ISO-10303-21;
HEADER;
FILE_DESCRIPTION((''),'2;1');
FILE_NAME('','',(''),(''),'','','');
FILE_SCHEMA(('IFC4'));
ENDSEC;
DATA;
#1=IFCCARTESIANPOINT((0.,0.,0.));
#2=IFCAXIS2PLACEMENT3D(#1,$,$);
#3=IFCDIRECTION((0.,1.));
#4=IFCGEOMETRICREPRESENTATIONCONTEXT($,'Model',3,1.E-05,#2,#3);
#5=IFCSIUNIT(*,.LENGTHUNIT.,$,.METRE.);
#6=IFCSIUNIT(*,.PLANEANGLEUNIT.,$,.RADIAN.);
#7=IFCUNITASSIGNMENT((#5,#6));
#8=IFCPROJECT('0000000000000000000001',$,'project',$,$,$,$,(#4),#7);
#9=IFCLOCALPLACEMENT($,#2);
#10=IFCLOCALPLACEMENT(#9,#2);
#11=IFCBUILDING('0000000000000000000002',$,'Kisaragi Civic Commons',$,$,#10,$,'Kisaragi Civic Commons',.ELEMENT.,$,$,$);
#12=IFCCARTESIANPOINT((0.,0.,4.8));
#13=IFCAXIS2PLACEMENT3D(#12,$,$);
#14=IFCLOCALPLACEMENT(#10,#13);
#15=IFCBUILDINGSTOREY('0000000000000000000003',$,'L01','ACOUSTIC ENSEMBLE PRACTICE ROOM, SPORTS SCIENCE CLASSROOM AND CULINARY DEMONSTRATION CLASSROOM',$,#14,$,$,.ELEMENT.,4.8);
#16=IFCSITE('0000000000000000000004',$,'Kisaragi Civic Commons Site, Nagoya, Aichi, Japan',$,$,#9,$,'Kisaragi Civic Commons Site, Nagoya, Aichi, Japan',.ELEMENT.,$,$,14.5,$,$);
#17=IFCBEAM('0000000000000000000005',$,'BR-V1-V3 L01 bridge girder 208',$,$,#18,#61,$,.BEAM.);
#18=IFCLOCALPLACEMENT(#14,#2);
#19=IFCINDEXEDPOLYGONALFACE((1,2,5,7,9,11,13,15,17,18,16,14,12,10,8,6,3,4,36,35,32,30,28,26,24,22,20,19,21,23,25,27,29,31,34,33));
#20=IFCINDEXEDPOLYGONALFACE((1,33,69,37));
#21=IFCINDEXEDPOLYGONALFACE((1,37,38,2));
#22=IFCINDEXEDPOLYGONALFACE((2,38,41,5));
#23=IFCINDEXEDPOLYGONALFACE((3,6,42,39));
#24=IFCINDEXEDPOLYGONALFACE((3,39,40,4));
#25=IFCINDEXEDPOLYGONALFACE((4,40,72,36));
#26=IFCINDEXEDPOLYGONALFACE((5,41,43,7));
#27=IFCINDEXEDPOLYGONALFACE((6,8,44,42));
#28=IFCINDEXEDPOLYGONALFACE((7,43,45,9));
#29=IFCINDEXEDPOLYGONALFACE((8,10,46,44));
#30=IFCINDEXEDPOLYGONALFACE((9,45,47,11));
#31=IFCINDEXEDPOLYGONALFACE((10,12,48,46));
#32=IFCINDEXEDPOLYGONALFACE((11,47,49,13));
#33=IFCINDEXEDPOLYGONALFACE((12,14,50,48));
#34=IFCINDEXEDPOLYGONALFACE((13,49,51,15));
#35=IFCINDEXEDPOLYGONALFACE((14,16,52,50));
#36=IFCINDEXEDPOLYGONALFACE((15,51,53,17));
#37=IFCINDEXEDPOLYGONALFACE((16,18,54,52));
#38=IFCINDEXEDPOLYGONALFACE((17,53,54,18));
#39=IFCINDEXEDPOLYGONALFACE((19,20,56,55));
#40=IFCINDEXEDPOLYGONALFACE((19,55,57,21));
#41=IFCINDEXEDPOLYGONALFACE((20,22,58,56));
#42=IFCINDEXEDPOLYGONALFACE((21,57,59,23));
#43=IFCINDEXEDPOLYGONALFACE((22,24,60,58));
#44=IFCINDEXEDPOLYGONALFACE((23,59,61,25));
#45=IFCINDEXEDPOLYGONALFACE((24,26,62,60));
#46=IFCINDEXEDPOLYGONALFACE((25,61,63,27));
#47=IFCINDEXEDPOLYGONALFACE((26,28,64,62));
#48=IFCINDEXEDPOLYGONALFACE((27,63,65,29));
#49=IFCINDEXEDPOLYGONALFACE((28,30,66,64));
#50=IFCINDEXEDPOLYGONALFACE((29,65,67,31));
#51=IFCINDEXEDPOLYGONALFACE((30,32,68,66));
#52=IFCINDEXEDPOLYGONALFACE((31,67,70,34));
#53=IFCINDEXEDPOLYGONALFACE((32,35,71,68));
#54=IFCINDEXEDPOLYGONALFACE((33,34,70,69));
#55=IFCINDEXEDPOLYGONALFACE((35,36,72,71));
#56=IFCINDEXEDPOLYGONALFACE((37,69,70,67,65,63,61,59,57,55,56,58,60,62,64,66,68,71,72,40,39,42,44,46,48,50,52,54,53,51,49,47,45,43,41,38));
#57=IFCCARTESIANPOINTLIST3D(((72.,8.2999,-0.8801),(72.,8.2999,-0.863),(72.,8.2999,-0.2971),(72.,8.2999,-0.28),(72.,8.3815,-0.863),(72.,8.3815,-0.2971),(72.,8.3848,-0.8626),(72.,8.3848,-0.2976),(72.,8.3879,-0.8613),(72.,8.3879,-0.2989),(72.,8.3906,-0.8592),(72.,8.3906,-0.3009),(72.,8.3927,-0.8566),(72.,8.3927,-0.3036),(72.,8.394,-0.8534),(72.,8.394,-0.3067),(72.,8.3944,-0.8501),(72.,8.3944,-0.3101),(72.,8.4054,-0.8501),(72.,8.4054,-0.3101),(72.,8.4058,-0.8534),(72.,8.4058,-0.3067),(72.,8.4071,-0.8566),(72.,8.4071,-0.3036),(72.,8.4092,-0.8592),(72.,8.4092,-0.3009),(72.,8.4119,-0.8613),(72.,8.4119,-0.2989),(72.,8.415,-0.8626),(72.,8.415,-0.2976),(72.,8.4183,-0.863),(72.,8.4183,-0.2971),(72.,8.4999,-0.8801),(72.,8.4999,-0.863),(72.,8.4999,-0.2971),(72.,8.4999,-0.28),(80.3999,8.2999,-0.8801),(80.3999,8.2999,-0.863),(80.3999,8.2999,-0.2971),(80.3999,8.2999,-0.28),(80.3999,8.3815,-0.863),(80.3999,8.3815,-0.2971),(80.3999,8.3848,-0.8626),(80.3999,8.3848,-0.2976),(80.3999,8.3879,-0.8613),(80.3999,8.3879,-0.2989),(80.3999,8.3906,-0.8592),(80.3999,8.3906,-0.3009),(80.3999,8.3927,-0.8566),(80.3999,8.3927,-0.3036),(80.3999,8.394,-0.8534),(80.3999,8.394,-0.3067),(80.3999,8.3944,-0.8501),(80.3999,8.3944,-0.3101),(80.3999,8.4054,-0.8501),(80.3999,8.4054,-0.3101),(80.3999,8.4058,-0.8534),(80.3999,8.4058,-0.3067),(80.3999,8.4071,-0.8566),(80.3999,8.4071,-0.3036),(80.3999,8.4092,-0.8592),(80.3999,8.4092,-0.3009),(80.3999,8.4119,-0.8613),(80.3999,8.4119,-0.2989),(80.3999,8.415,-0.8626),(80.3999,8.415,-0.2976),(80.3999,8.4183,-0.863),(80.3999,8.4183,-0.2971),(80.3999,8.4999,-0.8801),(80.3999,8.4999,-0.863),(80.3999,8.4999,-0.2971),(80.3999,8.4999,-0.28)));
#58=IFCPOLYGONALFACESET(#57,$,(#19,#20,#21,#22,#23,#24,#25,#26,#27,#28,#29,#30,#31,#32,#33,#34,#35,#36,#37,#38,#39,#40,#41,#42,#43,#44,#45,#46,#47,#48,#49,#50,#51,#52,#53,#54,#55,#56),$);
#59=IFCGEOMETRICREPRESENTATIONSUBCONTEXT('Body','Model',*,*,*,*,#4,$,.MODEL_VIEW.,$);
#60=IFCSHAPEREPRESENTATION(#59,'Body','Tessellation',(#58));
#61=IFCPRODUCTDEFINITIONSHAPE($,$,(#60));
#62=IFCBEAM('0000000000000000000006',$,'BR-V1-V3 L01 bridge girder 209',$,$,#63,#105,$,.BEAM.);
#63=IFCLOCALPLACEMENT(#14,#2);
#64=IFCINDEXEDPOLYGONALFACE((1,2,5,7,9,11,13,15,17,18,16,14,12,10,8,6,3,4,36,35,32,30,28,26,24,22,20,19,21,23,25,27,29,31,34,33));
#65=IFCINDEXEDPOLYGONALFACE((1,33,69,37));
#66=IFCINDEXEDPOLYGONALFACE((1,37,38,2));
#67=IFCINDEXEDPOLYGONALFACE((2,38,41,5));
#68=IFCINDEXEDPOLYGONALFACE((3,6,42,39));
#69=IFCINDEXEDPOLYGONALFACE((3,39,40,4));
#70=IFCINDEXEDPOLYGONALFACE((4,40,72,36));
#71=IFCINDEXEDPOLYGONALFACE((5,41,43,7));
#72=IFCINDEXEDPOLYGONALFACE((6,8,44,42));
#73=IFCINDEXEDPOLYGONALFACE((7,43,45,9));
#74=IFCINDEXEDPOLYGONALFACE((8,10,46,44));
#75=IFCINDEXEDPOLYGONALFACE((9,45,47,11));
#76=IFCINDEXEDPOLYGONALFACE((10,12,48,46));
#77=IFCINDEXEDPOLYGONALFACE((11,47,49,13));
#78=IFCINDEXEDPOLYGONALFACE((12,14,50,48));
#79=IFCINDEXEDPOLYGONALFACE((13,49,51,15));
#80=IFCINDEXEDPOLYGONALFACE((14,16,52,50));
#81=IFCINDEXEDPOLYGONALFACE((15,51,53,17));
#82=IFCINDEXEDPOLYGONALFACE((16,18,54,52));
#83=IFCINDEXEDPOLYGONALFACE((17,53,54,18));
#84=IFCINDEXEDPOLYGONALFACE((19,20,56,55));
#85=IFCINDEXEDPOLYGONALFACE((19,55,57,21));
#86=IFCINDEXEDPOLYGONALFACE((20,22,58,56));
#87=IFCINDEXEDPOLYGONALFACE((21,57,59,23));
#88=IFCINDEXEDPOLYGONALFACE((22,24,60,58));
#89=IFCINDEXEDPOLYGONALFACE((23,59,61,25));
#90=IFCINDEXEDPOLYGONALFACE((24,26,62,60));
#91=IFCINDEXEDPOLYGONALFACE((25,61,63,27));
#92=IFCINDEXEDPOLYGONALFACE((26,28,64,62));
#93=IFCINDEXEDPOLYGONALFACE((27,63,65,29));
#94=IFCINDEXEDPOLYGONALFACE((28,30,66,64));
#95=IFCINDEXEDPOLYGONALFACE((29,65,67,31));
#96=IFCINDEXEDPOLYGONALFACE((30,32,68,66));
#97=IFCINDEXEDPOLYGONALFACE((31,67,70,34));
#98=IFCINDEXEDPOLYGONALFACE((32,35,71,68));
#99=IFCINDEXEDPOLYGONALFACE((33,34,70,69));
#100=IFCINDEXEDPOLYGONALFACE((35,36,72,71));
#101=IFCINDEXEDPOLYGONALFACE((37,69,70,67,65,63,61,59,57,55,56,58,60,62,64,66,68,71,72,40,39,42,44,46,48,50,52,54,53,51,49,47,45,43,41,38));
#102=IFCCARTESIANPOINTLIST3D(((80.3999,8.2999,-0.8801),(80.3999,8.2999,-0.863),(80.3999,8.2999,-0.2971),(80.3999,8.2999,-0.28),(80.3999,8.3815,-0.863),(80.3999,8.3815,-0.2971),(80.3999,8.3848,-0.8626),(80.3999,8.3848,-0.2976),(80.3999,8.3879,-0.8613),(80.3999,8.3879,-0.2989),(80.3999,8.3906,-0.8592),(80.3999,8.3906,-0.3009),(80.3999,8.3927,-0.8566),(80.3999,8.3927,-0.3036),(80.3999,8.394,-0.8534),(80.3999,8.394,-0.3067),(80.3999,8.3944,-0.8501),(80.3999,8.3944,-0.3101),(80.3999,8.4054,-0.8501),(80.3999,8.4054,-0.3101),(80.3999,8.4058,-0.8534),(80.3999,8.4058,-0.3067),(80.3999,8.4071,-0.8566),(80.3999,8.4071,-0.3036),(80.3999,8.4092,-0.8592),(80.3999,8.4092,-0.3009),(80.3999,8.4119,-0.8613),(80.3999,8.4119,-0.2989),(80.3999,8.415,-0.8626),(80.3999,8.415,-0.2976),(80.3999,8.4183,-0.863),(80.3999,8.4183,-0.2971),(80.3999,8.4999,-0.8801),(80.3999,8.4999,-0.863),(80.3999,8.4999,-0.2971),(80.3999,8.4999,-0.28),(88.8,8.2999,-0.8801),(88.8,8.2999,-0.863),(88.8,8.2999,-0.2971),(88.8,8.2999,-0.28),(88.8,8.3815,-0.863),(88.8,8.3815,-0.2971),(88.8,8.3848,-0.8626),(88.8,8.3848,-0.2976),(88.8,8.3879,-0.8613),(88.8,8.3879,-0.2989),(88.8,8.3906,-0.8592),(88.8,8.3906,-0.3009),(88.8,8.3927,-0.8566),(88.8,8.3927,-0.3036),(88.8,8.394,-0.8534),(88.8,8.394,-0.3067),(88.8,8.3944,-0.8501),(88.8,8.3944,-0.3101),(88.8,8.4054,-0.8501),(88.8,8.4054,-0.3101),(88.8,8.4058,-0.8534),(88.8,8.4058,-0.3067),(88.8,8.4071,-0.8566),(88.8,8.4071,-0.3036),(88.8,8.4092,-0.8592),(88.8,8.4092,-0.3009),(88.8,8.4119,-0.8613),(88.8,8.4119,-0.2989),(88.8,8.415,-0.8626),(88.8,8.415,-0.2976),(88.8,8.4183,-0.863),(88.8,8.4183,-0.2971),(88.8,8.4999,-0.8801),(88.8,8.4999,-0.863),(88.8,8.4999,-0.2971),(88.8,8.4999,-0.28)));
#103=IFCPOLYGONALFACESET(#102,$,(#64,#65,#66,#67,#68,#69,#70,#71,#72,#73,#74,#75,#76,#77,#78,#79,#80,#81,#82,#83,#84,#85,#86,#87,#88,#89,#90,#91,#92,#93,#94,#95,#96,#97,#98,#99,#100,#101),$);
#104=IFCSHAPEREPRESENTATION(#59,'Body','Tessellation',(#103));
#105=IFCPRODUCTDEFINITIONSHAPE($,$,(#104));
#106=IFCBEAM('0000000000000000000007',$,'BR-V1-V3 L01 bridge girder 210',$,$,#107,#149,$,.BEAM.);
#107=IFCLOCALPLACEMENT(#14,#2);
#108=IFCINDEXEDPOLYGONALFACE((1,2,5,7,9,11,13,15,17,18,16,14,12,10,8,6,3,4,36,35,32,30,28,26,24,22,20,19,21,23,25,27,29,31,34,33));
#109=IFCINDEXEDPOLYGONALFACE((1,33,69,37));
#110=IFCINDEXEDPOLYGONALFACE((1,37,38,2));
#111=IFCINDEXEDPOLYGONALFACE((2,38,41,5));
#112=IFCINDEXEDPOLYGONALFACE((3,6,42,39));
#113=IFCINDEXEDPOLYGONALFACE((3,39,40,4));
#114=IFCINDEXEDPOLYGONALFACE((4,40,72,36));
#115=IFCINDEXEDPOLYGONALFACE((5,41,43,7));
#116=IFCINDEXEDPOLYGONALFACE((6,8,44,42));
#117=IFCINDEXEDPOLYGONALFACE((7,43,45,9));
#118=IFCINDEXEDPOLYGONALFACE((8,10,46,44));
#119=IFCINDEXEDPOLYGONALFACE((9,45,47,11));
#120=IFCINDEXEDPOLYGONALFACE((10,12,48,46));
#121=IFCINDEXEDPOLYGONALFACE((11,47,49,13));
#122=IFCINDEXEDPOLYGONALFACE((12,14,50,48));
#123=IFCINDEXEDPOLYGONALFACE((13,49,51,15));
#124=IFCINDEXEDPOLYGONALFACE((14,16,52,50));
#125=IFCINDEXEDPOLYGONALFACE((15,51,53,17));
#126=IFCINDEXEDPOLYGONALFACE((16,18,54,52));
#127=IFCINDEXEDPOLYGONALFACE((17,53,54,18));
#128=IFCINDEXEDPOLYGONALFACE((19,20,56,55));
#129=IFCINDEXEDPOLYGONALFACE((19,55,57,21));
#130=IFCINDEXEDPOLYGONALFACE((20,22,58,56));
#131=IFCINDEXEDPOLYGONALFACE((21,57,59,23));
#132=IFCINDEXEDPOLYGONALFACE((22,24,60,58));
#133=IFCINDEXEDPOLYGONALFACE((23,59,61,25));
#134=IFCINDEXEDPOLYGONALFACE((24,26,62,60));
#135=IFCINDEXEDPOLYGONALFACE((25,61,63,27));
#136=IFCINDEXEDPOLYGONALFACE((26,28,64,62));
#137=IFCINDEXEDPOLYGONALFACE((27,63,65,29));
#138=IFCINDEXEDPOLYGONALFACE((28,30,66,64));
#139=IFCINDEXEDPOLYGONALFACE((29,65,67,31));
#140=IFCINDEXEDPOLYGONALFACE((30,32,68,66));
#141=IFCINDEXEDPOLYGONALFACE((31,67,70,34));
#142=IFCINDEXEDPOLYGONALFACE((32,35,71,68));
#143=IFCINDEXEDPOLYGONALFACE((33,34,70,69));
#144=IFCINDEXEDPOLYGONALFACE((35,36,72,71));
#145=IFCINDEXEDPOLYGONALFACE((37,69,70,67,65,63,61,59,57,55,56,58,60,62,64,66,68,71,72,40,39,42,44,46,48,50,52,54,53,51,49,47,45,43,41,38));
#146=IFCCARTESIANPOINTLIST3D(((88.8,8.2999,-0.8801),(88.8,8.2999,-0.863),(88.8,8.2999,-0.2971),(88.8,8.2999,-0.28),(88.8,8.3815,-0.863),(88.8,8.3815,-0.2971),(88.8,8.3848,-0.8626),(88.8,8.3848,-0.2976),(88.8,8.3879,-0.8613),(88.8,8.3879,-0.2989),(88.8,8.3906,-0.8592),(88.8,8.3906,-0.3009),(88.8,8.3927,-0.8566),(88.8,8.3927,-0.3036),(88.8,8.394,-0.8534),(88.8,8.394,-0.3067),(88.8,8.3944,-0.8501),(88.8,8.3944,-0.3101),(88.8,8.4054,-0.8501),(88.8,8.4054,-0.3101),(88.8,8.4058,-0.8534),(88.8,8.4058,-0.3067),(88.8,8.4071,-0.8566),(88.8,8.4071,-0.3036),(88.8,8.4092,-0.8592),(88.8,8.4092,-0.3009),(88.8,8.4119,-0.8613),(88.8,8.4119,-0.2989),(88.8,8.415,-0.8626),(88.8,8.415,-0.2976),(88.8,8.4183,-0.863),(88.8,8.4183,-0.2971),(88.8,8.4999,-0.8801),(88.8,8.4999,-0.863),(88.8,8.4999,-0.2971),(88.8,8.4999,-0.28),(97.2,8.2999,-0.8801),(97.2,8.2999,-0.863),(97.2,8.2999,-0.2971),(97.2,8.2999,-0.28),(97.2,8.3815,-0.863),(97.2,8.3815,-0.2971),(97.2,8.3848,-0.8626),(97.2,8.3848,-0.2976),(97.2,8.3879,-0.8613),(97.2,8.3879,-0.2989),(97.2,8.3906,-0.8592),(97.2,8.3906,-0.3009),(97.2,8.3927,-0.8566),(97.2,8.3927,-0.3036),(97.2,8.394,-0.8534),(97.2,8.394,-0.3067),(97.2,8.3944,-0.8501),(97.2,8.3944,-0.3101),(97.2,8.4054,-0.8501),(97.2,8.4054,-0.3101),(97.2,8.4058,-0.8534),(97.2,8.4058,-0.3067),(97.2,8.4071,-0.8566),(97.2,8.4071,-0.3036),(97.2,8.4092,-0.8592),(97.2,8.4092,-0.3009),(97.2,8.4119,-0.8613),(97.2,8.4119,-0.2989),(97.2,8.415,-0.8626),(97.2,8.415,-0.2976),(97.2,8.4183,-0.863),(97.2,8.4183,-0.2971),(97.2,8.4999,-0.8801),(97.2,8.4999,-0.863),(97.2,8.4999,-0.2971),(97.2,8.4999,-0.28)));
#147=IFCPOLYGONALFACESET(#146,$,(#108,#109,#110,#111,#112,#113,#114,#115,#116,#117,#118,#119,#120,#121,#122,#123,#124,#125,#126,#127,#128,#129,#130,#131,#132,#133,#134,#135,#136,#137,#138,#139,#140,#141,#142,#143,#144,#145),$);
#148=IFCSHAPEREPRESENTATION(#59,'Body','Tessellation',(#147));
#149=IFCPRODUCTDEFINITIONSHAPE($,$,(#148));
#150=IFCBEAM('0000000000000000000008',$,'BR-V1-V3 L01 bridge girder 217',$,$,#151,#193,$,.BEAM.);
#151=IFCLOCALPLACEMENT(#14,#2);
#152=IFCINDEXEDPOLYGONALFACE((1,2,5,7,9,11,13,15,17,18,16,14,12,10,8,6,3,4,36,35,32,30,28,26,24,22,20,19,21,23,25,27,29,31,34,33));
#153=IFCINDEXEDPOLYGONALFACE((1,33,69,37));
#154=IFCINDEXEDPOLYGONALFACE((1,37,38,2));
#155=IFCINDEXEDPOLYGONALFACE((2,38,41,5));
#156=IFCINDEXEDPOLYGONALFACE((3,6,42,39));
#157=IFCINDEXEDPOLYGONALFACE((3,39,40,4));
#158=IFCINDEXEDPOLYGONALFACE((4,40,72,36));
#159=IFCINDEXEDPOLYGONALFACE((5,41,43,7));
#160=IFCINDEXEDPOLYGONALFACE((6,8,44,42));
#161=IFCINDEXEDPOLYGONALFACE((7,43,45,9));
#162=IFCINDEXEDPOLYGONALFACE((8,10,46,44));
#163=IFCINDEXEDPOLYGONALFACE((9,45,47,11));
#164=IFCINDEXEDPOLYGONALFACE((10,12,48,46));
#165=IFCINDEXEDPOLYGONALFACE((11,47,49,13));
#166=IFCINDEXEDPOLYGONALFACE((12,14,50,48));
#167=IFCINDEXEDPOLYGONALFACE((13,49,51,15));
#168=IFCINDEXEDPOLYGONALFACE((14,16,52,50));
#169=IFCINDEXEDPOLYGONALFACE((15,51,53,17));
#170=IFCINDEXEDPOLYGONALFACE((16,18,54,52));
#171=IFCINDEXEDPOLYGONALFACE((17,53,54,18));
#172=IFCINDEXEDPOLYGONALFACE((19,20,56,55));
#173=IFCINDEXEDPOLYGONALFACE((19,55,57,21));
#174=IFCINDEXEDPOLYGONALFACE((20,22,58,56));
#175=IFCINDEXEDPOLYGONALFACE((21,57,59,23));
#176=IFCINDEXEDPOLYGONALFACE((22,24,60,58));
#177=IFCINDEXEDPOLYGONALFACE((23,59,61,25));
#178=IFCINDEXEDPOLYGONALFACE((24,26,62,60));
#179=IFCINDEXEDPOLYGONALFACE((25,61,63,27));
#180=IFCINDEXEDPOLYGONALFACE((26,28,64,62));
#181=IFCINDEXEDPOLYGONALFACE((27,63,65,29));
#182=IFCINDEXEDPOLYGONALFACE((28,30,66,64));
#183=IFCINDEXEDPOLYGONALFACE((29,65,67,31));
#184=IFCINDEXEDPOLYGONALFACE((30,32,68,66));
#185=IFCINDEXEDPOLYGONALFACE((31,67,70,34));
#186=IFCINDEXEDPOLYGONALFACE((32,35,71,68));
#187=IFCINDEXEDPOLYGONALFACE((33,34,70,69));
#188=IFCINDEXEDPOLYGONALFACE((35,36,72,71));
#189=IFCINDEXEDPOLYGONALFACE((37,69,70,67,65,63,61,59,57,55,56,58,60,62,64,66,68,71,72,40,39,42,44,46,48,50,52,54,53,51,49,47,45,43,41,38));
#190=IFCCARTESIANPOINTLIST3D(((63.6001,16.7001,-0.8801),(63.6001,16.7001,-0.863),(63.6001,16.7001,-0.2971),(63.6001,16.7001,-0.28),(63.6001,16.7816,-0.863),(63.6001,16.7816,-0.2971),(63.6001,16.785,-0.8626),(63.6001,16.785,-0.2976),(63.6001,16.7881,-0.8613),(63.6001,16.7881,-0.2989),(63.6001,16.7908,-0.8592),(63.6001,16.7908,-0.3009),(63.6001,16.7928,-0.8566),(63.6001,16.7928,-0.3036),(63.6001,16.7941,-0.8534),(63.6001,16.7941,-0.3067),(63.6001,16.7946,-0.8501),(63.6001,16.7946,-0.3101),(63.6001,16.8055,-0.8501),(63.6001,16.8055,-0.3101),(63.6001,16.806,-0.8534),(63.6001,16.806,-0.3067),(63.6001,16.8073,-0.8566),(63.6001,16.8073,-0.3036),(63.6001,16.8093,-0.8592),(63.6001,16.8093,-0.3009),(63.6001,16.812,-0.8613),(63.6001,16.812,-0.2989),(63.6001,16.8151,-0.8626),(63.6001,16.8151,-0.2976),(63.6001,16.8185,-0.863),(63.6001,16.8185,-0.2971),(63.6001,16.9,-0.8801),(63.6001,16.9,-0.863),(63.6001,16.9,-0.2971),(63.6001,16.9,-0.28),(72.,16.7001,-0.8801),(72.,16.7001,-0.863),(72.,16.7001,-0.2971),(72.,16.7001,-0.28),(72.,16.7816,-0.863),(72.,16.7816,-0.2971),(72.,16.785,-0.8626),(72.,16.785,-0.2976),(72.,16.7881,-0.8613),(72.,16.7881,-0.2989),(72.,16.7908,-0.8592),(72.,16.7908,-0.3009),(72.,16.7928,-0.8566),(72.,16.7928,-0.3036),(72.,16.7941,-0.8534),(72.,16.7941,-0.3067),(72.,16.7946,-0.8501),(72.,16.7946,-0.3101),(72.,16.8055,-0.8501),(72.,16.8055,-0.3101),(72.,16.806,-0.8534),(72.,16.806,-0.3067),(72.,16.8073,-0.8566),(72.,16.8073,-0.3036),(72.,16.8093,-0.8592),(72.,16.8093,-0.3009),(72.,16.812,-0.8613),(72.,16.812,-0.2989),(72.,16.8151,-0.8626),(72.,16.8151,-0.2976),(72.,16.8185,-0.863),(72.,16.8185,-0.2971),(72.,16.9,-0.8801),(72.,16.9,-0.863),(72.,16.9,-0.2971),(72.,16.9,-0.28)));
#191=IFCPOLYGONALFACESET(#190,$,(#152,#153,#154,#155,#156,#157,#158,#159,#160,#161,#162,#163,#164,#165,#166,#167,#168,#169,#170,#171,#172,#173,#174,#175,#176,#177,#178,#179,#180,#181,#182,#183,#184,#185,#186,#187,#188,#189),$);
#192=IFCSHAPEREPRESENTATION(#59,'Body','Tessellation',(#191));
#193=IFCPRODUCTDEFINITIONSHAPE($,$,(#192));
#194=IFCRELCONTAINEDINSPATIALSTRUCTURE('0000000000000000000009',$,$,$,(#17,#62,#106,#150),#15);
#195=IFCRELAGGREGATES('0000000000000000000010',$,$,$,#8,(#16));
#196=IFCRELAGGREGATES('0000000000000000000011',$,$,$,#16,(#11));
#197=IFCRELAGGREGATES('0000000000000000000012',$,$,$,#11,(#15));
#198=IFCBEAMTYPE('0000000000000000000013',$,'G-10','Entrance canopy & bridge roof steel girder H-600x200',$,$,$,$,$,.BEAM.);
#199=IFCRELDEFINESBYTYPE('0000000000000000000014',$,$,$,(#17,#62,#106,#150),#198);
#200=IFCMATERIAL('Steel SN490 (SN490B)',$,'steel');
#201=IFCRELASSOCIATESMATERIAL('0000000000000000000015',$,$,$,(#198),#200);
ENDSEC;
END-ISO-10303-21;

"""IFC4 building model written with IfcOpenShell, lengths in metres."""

from ifc_helpers import new_model, si_unit, direction, frame, origin, origin_2d, place, context, subcontext, project, spatial, i_section, extrude, material, material_profile, profile_set, type_object, element, save


model = new_model("IFC4")

# Units and contexts
model_context = context("Model", 3, precision=1e-05, world=origin(), true_north=direction((0.0, 1.0)))
body_context = subcontext(model_context, "Body", "Model", "MODEL_VIEW")
ifc_project = project(units=[si_unit("LENGTHUNIT", "METRE"), si_unit("PLANEANGLEUNIT", "RADIAN")], contexts=[model_context])

# Site, building, storey
site_placement = place(None, origin())
site = spatial("IfcSite", under=ifc_project, at=site_placement, Name="Kisaragi Civic Commons Site, Nagoya, Aichi, Japan", LongName="Kisaragi Civic Commons Site, Nagoya, Aichi, Japan", CompositionType="ELEMENT", RefElevation=14.5)
building_placement = place(site_placement, origin())
building = spatial("IfcBuilding", under=site, at=building_placement, Name="Kisaragi Civic Commons", LongName="Kisaragi Civic Commons", CompositionType="ELEMENT")
storey_placement = place(building_placement, frame((0.0, 0.0, 4.8)))
storey = spatial("IfcBuildingStorey", under=building, at=storey_placement, Name="L01", Description="ACOUSTIC ENSEMBLE PRACTICE ROOM, SPORTS SCIENCE CLASSROOM AND CULINARY DEMONSTRATION CLASSROOM", CompositionType="ELEMENT", Elevation=4.8)

# Beams
ifc_material_1 = material(Name="Steel SN490 (SN490B)", Category="steel")
ifc_material_profile_1 = material_profile(ifc_material_1, i_section(OverallWidth=0.2, OverallDepth=0.6001, WebThickness=0.011, FlangeThickness=0.0171, FilletRadius=0.0129, at=origin_2d()), Name="H-600x200x11x17", Category="steel")
ifc_profile_set_1 = profile_set([ifc_material_profile_1], Name="Steel SN490 (SN490B)")
beam_type_1 = type_object("IfcBeamType", Name="G-10", Description="Entrance canopy & bridge roof steel girder H-600x200", PredefinedType="BEAM", material=ifc_profile_set_1)
beam_1_placement = place(storey_placement, frame((72.0, 8.3999, -0.5801), z_axis=(1.0, 0.0, 0.0), x_axis=(0.0, 1.0, 0.0)))
element("IfcBeam", 1, at=beam_1_placement, inside=storey, type_object=beam_type_1, Name="BR-V1-V3 L01 bridge girder 208", PredefinedType="BEAM", context=body_context, shape_type="SweptSolid", body=[
    extrude(i_section(OverallWidth=0.2, OverallDepth=0.6001, WebThickness=0.011, FlangeThickness=0.0171, FilletRadius=0.0129, at=origin_2d()), origin(), (0.0, 0.0, 1.0), 8.3999),
])
beam_2_placement = place(storey_placement, frame((80.3999, 8.3999, -0.5801), z_axis=(1.0, 0.0, 0.0), x_axis=(0.0, 1.0, 0.0)))
element("IfcBeam", 2, at=beam_2_placement, inside=storey, type_object=beam_type_1, Name="BR-V1-V3 L01 bridge girder 209", PredefinedType="BEAM", context=body_context, shape_type="SweptSolid", body=[
    extrude(i_section(OverallWidth=0.2, OverallDepth=0.6001, WebThickness=0.011, FlangeThickness=0.0171, FilletRadius=0.0129, at=origin_2d()), origin(), (0.0, 0.0, 1.0), 8.4001),
])
for number, where, z_axis, x_axis, name in (
    (3, (88.8, 8.3999, -0.5801), (1.0, 0.0, 0.0), (0.0, 1.0, 0.0), "BR-V1-V3 L01 bridge girder 210"),
    (4, (63.6001, 16.8, -0.5801), (1.0, 0.0, 0.0), (0.0, 1.0, 0.0), "BR-V1-V3 L01 bridge girder 217"),
):
    element("IfcBeam", number, at=place(storey_placement, frame(where, z_axis=z_axis, x_axis=x_axis)), inside=storey, type_object=beam_type_1, Name=name, PredefinedType="BEAM", context=body_context, shape_type="SweptSolid", body=[
        extrude(i_section(OverallWidth=0.2, OverallDepth=0.6001, WebThickness=0.011, FlangeThickness=0.0171, FilletRadius=0.0129, at=origin_2d()), origin(), (0.0, 0.0, 1.0), 8.3999),
    ])

save(model, "model.ifc")
